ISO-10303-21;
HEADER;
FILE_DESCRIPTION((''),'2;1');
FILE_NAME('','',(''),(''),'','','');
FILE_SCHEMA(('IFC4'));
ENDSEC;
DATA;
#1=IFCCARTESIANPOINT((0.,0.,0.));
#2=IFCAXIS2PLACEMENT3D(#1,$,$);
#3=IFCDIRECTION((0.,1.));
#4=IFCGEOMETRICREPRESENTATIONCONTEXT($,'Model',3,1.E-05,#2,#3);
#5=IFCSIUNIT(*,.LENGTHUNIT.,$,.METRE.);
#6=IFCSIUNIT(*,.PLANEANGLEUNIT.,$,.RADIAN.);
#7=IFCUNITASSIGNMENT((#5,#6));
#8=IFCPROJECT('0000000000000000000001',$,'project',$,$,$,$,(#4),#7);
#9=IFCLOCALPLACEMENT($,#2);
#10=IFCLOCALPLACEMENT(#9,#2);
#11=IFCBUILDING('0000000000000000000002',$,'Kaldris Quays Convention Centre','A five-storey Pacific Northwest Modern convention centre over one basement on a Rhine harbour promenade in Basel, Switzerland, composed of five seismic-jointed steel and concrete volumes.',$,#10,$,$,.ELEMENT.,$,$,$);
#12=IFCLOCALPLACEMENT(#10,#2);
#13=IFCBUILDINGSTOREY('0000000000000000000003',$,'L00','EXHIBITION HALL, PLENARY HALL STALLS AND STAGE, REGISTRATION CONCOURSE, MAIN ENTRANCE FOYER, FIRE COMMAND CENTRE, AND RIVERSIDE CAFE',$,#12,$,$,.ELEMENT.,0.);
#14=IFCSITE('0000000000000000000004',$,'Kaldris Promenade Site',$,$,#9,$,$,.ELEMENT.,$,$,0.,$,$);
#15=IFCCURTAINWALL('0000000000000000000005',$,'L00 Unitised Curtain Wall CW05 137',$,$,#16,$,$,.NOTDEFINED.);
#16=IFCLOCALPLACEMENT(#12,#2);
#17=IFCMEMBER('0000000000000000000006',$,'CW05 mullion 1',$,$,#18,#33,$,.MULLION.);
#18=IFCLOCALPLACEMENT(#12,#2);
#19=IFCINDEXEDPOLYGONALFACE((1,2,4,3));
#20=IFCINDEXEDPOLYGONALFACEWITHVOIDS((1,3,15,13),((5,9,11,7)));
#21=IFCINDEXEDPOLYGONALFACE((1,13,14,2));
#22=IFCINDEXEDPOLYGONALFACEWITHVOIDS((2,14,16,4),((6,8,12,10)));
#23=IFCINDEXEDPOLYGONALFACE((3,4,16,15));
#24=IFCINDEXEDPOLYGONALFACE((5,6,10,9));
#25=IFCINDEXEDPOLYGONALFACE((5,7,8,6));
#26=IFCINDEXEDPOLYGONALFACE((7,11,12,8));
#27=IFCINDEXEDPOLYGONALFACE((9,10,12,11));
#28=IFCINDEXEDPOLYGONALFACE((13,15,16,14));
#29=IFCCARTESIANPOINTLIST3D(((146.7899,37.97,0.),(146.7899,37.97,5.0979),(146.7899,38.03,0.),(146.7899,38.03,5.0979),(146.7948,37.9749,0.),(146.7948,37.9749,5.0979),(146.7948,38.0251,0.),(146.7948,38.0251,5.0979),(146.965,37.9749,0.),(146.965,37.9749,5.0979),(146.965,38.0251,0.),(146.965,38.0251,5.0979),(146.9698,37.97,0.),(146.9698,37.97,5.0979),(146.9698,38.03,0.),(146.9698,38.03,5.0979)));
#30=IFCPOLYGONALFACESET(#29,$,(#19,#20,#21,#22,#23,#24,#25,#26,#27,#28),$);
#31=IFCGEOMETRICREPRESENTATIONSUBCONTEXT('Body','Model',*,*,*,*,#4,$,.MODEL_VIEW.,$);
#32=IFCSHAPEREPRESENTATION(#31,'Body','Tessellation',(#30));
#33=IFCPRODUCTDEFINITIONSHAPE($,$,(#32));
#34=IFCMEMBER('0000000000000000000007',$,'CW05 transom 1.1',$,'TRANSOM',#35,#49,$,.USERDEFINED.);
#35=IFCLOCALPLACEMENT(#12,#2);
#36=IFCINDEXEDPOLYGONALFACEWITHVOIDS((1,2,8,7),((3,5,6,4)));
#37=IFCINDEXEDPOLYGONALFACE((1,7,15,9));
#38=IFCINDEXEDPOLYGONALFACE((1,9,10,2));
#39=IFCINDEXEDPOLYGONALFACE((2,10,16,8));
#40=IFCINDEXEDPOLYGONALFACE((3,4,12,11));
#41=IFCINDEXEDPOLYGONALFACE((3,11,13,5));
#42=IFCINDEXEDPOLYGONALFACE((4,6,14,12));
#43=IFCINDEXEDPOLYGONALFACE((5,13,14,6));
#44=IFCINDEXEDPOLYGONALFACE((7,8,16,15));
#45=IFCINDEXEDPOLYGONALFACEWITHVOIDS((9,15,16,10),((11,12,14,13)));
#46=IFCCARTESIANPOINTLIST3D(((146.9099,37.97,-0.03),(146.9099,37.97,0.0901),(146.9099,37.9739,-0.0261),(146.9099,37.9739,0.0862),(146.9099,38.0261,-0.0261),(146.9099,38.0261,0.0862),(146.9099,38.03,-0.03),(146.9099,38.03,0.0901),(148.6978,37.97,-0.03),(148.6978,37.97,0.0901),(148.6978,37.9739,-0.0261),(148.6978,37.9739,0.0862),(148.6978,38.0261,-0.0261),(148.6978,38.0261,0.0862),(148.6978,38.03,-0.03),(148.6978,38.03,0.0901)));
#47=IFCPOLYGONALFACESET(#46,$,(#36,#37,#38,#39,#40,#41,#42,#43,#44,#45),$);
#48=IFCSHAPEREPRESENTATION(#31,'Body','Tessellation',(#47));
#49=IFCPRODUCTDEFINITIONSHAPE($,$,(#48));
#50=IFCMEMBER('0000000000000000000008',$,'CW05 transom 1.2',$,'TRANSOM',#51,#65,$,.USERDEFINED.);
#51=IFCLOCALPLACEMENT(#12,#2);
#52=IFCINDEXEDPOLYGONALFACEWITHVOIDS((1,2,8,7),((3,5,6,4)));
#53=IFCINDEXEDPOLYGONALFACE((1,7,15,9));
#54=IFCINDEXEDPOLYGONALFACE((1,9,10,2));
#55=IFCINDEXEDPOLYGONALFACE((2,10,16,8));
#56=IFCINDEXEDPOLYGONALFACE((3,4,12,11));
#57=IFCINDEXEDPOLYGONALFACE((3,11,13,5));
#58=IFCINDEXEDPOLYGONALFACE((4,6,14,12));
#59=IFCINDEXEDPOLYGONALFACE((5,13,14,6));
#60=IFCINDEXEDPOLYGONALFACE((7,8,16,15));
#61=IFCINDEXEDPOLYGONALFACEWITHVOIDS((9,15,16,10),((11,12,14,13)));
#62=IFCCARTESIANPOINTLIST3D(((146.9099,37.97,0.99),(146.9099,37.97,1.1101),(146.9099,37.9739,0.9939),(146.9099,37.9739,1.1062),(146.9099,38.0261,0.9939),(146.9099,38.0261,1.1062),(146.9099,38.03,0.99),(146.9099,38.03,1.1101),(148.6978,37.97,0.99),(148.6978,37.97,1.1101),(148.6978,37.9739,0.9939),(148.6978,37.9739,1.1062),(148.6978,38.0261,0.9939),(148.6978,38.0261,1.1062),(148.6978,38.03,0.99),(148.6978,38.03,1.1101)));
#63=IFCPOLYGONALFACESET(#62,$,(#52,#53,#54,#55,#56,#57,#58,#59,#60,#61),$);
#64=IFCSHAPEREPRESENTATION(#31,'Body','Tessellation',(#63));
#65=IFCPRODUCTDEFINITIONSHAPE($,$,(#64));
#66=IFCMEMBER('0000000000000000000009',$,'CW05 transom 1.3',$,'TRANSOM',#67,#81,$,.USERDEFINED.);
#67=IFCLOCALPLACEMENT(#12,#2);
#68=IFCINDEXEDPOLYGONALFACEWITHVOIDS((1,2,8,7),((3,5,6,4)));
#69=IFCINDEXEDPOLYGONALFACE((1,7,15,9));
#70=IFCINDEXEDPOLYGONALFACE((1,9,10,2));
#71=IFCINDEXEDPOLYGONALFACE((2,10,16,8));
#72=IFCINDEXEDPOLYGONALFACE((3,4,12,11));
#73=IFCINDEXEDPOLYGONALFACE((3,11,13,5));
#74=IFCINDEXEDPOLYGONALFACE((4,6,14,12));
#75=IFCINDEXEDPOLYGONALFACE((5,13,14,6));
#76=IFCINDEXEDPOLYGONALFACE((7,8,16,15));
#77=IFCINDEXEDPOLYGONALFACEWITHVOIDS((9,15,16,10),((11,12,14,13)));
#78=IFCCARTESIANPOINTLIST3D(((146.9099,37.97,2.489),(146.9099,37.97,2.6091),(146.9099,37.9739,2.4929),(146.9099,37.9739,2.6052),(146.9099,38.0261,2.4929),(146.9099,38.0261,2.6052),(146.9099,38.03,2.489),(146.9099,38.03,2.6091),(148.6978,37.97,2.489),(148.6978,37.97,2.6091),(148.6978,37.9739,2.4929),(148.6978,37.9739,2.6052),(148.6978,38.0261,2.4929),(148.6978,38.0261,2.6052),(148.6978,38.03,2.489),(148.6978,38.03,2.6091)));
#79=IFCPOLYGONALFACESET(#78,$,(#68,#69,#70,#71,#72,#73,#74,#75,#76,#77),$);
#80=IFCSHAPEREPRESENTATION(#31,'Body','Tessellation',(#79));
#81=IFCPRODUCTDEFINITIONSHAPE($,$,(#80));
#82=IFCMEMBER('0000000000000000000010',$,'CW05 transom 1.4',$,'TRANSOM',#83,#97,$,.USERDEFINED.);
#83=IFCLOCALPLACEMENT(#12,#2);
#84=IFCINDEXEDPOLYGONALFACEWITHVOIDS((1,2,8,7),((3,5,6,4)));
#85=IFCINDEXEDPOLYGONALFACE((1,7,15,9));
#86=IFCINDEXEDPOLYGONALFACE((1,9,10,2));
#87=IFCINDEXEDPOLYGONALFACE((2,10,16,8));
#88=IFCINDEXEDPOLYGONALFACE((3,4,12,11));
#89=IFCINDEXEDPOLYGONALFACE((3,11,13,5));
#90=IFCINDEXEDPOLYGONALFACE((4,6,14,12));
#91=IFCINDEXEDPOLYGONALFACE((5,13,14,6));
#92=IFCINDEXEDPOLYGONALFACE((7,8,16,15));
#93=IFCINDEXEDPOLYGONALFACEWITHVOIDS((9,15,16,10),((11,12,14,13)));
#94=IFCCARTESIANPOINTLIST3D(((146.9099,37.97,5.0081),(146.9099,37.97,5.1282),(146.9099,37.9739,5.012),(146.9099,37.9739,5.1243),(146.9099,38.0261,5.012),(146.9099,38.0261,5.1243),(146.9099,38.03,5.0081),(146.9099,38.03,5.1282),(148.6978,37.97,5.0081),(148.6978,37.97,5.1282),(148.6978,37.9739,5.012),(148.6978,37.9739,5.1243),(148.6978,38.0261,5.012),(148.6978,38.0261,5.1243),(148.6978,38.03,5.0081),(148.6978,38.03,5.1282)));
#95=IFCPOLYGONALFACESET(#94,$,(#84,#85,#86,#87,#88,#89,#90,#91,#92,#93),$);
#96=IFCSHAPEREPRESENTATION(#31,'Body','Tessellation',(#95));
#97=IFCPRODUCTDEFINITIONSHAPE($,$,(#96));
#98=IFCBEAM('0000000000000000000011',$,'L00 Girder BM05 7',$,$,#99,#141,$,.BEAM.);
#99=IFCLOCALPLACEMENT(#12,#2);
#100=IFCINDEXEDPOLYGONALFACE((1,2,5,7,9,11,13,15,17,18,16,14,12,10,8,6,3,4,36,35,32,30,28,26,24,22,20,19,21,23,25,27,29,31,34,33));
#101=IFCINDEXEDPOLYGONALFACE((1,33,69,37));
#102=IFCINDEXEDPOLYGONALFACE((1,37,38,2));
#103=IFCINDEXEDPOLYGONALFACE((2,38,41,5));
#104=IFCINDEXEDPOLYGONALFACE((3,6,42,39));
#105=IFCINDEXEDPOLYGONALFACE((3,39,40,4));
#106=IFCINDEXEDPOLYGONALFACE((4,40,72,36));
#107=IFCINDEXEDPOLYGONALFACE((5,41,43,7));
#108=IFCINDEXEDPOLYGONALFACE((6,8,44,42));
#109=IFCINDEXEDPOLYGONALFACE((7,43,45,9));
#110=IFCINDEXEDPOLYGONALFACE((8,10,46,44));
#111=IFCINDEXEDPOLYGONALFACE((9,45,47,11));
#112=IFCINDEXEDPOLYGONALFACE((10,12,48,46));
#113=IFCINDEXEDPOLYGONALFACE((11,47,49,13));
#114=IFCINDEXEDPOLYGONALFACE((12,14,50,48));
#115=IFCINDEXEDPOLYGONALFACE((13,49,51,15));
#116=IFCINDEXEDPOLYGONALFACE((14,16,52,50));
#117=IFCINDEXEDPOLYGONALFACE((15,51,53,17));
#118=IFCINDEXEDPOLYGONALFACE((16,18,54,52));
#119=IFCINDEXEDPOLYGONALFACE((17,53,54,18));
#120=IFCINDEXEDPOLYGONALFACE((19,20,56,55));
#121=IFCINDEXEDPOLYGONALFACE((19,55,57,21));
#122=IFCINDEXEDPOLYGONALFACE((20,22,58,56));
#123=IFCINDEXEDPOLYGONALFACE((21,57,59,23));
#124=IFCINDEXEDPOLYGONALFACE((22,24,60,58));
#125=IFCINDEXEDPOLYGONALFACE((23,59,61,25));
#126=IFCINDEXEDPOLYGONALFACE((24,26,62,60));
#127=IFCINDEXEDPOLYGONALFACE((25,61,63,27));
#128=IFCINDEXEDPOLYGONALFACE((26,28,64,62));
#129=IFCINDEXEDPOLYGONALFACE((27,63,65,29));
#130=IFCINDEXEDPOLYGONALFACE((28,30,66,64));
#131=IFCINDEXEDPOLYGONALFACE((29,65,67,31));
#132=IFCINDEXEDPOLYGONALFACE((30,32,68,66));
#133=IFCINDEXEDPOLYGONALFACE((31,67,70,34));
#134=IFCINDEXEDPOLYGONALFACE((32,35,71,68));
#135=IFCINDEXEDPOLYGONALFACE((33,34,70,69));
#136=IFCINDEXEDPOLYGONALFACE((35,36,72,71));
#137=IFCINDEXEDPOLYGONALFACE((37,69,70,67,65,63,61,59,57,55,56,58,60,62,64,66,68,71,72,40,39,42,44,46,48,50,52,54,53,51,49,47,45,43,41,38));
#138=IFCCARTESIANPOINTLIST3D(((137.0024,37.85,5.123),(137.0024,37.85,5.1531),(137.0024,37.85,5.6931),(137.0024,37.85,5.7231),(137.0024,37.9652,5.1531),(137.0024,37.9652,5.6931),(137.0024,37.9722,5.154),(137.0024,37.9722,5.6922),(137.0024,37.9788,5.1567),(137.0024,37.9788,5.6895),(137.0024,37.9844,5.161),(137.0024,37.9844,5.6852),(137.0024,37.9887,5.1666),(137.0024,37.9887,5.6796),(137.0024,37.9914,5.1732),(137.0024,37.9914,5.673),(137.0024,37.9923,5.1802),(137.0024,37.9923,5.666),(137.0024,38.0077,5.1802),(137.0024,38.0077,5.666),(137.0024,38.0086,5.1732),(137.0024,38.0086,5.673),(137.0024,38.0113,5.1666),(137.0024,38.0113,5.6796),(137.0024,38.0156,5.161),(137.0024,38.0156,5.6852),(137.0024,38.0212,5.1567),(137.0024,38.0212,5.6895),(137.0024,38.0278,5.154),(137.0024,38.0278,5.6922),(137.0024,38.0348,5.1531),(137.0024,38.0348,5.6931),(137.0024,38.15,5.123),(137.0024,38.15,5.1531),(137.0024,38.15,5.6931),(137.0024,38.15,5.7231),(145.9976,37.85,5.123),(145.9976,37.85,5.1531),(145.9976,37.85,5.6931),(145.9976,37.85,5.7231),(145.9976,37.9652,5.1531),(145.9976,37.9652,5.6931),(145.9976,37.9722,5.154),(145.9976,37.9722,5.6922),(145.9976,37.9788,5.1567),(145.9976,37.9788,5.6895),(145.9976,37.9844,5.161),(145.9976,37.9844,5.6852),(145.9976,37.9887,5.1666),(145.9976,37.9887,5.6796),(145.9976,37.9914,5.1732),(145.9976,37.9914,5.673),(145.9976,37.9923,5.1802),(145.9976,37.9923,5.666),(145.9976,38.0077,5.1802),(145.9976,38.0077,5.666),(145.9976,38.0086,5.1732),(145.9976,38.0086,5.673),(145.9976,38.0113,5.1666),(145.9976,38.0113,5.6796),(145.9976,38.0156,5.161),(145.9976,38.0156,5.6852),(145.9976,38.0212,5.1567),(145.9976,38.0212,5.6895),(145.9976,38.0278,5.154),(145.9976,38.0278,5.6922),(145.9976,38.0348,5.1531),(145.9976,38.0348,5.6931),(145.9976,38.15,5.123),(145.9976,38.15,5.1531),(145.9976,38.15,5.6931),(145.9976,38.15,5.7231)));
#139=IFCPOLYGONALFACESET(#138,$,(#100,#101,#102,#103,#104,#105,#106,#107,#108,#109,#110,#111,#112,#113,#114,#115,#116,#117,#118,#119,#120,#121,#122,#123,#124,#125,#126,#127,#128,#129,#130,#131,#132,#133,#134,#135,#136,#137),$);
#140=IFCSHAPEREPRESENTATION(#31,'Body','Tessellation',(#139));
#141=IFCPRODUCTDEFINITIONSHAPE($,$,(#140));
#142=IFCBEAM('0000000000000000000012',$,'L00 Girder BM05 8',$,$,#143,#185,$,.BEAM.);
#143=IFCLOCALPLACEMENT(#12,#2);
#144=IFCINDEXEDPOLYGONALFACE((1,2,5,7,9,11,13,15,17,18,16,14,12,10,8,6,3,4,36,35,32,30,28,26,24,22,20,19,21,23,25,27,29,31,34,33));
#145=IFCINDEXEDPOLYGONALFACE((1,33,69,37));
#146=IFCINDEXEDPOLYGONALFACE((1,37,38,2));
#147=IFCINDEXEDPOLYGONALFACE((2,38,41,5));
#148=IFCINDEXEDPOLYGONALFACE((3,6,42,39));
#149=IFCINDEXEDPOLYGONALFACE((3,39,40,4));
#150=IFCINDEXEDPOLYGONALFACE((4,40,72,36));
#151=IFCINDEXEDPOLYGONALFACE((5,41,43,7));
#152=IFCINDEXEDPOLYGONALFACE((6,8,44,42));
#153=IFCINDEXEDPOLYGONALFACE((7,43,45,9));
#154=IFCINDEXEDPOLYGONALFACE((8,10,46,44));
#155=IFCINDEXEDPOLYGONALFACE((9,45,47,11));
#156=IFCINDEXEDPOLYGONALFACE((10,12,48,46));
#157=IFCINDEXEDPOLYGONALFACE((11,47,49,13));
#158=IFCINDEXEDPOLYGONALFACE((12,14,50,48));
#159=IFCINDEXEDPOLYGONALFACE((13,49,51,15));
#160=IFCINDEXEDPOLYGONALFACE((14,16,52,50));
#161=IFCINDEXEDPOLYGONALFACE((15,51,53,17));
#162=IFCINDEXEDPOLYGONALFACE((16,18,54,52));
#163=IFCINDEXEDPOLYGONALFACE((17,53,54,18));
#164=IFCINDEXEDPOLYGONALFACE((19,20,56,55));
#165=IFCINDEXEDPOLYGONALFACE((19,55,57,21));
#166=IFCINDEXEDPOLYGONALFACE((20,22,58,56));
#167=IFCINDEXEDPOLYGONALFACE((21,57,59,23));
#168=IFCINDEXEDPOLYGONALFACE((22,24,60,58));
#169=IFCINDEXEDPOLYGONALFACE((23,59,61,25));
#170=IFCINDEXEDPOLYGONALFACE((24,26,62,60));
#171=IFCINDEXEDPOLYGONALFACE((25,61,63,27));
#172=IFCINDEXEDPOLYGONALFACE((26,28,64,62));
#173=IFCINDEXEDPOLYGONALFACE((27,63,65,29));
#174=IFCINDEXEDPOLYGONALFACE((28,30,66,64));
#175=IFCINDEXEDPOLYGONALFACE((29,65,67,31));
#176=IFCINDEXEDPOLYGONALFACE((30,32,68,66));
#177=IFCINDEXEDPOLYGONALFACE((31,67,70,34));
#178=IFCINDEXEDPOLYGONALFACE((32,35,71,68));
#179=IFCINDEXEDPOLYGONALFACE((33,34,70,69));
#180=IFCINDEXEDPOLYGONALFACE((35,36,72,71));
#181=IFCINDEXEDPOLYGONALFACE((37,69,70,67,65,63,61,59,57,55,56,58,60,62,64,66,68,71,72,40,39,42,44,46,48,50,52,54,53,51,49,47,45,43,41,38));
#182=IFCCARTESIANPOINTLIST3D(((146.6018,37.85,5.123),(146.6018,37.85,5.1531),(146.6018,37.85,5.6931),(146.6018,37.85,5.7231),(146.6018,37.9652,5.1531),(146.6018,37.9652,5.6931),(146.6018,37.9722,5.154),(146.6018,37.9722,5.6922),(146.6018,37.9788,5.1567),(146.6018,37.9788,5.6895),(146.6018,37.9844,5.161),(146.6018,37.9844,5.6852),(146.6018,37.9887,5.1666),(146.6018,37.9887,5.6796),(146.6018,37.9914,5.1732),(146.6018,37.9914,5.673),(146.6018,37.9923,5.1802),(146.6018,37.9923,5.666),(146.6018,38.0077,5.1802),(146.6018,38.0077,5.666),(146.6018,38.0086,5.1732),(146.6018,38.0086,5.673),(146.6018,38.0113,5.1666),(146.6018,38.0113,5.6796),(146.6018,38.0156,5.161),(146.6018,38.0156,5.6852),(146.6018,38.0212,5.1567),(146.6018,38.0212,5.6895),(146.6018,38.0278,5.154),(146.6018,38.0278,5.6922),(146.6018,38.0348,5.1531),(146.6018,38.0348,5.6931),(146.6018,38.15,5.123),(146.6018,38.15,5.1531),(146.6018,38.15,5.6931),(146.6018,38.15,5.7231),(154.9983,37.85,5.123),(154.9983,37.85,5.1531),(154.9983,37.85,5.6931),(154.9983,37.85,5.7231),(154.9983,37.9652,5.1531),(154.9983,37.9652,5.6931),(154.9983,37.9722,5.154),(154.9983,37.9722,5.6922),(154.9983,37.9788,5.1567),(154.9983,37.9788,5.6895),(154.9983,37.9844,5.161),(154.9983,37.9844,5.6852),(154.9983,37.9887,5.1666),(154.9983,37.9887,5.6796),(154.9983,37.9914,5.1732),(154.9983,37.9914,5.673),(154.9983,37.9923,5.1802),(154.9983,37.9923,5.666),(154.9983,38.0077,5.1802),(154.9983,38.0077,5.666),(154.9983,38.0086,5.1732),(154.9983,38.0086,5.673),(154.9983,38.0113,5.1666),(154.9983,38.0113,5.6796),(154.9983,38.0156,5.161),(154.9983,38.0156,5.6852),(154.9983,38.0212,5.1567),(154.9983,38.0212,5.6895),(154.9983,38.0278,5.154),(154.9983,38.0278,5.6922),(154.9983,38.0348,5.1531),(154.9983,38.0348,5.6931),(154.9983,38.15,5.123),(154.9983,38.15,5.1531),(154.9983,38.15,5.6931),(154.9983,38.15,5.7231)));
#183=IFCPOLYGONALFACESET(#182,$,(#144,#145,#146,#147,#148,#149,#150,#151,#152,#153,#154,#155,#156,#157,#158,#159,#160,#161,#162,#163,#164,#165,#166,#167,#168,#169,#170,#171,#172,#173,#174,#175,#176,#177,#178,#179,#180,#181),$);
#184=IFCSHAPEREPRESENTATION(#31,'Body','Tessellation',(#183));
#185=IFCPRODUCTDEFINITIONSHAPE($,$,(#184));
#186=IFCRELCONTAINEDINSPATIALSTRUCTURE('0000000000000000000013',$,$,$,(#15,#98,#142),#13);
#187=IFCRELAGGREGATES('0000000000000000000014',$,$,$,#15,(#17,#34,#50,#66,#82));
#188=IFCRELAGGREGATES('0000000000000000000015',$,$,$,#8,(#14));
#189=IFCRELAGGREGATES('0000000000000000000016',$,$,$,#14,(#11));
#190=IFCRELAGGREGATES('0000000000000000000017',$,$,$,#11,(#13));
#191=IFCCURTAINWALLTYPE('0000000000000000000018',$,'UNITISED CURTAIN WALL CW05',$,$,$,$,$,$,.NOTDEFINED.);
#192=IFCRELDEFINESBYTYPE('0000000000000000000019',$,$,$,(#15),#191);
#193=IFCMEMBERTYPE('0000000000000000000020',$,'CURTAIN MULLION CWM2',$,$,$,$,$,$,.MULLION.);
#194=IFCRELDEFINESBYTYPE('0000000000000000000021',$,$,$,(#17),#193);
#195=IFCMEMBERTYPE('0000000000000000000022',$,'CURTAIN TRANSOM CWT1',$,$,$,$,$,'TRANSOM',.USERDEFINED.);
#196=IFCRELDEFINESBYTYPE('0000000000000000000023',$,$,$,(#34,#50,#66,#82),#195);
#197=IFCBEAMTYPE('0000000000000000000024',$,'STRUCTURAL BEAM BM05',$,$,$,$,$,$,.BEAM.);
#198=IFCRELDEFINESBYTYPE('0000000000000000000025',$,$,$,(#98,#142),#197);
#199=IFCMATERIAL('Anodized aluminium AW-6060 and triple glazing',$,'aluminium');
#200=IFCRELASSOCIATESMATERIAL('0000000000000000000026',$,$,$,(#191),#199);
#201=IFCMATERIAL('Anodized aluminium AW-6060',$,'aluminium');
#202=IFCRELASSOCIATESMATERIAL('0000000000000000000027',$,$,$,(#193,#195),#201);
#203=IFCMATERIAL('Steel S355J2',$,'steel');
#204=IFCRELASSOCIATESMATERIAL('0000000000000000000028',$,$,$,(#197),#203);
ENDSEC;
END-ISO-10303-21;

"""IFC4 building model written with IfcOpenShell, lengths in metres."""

from ifc_helpers import new_model, si_unit, direction, frame, origin, origin_2d, place, context, subcontext, project, spatial, hollow_rectangle, i_section, extrude, material, material_profile, profile_set, type_object, element, aggregate, save


model = new_model("IFC4")

# Units and contexts
model_context = context("Model", 3, precision=1e-05, world=origin(), true_north=direction((0.0, 1.0)))
body_context = subcontext(model_context, "Body", "Model", "MODEL_VIEW")
ifc_project = project(units=[si_unit("LENGTHUNIT", "METRE"), si_unit("PLANEANGLEUNIT", "RADIAN")], contexts=[model_context])

# Site, building, storey
site_placement = place(None, origin())
site = spatial("IfcSite", under=ifc_project, at=site_placement, Name="Kaldris Promenade Site", CompositionType="ELEMENT", RefElevation=0.0)
building_placement = place(site_placement, origin())
building = spatial("IfcBuilding", under=site, at=building_placement, Name="Kaldris Quays Convention Centre", Description="A five-storey Pacific Northwest Modern convention centre over one basement on a Rhine harbour promenade in Basel, Switzerland, composed of five seismic-jointed steel and concrete volumes.", CompositionType="ELEMENT")
storey_placement = place(building_placement, origin())
storey = spatial("IfcBuildingStorey", under=building, at=storey_placement, Name="L00", Description="EXHIBITION HALL, PLENARY HALL STALLS AND STAGE, REGISTRATION CONCOURSE, MAIN ENTRANCE FOYER, FIRE COMMAND CENTRE, AND RIVERSIDE CAFE", CompositionType="ELEMENT", Elevation=0.0)

# Shared definitions
ifc_material_1 = material(Name="Steel S355J2", Category="steel")

# Curtain wall, members
ifc_material_2 = material(Name="Anodized aluminium AW-6060 and triple glazing", Category="aluminium")
curtain_wall_type = type_object("IfcCurtainWallType", Name="UNITISED CURTAIN WALL CW05", PredefinedType="NOTDEFINED", material=ifc_material_2)
curtain_wall_placement = place(storey_placement, origin())
curtain_wall = element("IfcCurtainWall", 1, at=curtain_wall_placement, inside=storey, type_object=curtain_wall_type, Name="L00 Unitised Curtain Wall CW05 137", PredefinedType="NOTDEFINED")
ifc_material_3 = material(Name="Anodized aluminium AW-6060", Category="aluminium")
ifc_material_profile_1 = material_profile(ifc_material_3, hollow_rectangle(XDim=0.0601, YDim=0.1799, WallThickness=0.0049, at=origin_2d()), Name="RHS 180x60x5")
ifc_profile_set_1 = profile_set([ifc_material_profile_1], Name="Anodized aluminium AW-6060")
member_type_1 = type_object("IfcMemberType", Name="CURTAIN MULLION CWM2", PredefinedType="MULLION", material=ifc_profile_set_1)
member_1_placement = place(storey_placement, frame((146.8799, 38.0, 0.0), z_axis=(0.0, 0.0, 1.0), x_axis=(0.0, 1.0, 0.0)))
member_1 = element("IfcMember", 2, at=member_1_placement, type_object=member_type_1, Name="CW05 mullion 1", PredefinedType="MULLION", context=body_context, shape_type="SweptSolid", body=[
    extrude(hollow_rectangle(XDim=0.0601, YDim=0.1799, WallThickness=0.0049, at=origin_2d()), origin(), (0.0, 0.0, 1.0), 5.0979),
])
ifc_material_profile_2 = material_profile(ifc_material_3, hollow_rectangle(XDim=0.0601, YDim=0.1201, WallThickness=0.0039, at=origin_2d()), Name="RHS 120x60x4")
ifc_profile_set_2 = profile_set([ifc_material_profile_2], Name="Anodized aluminium AW-6060")
member_type_2 = type_object("IfcMemberType", Name="CURTAIN TRANSOM CWT1", ElementType="TRANSOM", PredefinedType="USERDEFINED", material=ifc_profile_set_2)
member_2_placement = place(storey_placement, frame((146.9099, 38.0, 0.03), z_axis=(1.0, 0.0, 0.0), x_axis=(0.0, 1.0, 0.0)))
member_2 = element("IfcMember", 3, at=member_2_placement, type_object=member_type_2, Name="CW05 transom 1.1", ObjectType="TRANSOM", PredefinedType="USERDEFINED", context=body_context, shape_type="SweptSolid", body=[
    extrude(hollow_rectangle(XDim=0.0601, YDim=0.1201, WallThickness=0.0039, at=origin_2d()), origin(), (0.0, 0.0, 1.0), 1.7878),
])
member_3_placement = place(storey_placement, frame((146.9099, 38.0, 1.05), z_axis=(1.0, 0.0, 0.0), x_axis=(0.0, 1.0, 0.0)))
member_3 = element("IfcMember", 4, at=member_3_placement, type_object=member_type_2, Name="CW05 transom 1.2", ObjectType="TRANSOM", PredefinedType="USERDEFINED", context=body_context, shape_type="SweptSolid", body=[
    extrude(hollow_rectangle(XDim=0.0601, YDim=0.1201, WallThickness=0.0039, at=origin_2d()), origin(), (0.0, 0.0, 1.0), 1.7878),
])
member_4_placement = place(storey_placement, frame((146.9099, 38.0, 2.5491), z_axis=(1.0, 0.0, 0.0), x_axis=(0.0, 1.0, 0.0)))
member_4 = element("IfcMember", 5, at=member_4_placement, type_object=member_type_2, Name="CW05 transom 1.3", ObjectType="TRANSOM", PredefinedType="USERDEFINED", context=body_context, shape_type="SweptSolid", body=[
    extrude(hollow_rectangle(XDim=0.0601, YDim=0.1201, WallThickness=0.0039, at=origin_2d()), origin(), (0.0, 0.0, 1.0), 1.7878),
])
member_5_placement = place(storey_placement, frame((146.9099, 38.0, 5.0681), z_axis=(1.0, 0.0, 0.0), x_axis=(0.0, 1.0, 0.0)))
member_5 = element("IfcMember", 6, at=member_5_placement, type_object=member_type_2, Name="CW05 transom 1.4", ObjectType="TRANSOM", PredefinedType="USERDEFINED", context=body_context, shape_type="SweptSolid", body=[
    extrude(hollow_rectangle(XDim=0.0601, YDim=0.1201, WallThickness=0.0039, at=origin_2d()), origin(), (0.0, 0.0, 1.0), 1.7878),
])
aggregate(curtain_wall, [member_1, member_2, member_3, member_4, member_5])

# Beams
ifc_material_profile_3 = material_profile(ifc_material_1, i_section(OverallWidth=0.3, OverallDepth=0.6001, WebThickness=0.0154, FlangeThickness=0.03, FilletRadius=0.0271, at=origin_2d()), Name="HEB 600")
ifc_profile_set_3 = profile_set([ifc_material_profile_3], Name="Steel S355J2")
beam_type_1 = type_object("IfcBeamType", Name="STRUCTURAL BEAM BM05", PredefinedType="BEAM", material=ifc_profile_set_3)
beam_1_placement = place(storey_placement, frame((137.0024, 38.0, 5.4231), z_axis=(1.0, 0.0, 0.0), x_axis=(0.0, 1.0, 0.0)))
element("IfcBeam", 7, at=beam_1_placement, inside=storey, type_object=beam_type_1, Name="L00 Girder BM05 7", PredefinedType="BEAM", context=body_context, shape_type="SweptSolid", body=[
    extrude(i_section(OverallWidth=0.3, OverallDepth=0.6001, WebThickness=0.0154, FlangeThickness=0.03, FilletRadius=0.0271, at=origin_2d()), origin(), (0.0, 0.0, 1.0), 8.9951),
])
beam_2_placement = place(storey_placement, frame((146.6018, 38.0, 5.4231), z_axis=(1.0, 0.0, 0.0), x_axis=(0.0, 1.0, 0.0)))
element("IfcBeam", 8, at=beam_2_placement, inside=storey, type_object=beam_type_1, Name="L00 Girder BM05 8", PredefinedType="BEAM", context=body_context, shape_type="SweptSolid", body=[
    extrude(i_section(OverallWidth=0.3, OverallDepth=0.6001, WebThickness=0.0154, FlangeThickness=0.03, FilletRadius=0.0271, at=origin_2d()), origin(), (0.0, 0.0, 1.0), 8.3965),
])

save(model, "model.ifc")
